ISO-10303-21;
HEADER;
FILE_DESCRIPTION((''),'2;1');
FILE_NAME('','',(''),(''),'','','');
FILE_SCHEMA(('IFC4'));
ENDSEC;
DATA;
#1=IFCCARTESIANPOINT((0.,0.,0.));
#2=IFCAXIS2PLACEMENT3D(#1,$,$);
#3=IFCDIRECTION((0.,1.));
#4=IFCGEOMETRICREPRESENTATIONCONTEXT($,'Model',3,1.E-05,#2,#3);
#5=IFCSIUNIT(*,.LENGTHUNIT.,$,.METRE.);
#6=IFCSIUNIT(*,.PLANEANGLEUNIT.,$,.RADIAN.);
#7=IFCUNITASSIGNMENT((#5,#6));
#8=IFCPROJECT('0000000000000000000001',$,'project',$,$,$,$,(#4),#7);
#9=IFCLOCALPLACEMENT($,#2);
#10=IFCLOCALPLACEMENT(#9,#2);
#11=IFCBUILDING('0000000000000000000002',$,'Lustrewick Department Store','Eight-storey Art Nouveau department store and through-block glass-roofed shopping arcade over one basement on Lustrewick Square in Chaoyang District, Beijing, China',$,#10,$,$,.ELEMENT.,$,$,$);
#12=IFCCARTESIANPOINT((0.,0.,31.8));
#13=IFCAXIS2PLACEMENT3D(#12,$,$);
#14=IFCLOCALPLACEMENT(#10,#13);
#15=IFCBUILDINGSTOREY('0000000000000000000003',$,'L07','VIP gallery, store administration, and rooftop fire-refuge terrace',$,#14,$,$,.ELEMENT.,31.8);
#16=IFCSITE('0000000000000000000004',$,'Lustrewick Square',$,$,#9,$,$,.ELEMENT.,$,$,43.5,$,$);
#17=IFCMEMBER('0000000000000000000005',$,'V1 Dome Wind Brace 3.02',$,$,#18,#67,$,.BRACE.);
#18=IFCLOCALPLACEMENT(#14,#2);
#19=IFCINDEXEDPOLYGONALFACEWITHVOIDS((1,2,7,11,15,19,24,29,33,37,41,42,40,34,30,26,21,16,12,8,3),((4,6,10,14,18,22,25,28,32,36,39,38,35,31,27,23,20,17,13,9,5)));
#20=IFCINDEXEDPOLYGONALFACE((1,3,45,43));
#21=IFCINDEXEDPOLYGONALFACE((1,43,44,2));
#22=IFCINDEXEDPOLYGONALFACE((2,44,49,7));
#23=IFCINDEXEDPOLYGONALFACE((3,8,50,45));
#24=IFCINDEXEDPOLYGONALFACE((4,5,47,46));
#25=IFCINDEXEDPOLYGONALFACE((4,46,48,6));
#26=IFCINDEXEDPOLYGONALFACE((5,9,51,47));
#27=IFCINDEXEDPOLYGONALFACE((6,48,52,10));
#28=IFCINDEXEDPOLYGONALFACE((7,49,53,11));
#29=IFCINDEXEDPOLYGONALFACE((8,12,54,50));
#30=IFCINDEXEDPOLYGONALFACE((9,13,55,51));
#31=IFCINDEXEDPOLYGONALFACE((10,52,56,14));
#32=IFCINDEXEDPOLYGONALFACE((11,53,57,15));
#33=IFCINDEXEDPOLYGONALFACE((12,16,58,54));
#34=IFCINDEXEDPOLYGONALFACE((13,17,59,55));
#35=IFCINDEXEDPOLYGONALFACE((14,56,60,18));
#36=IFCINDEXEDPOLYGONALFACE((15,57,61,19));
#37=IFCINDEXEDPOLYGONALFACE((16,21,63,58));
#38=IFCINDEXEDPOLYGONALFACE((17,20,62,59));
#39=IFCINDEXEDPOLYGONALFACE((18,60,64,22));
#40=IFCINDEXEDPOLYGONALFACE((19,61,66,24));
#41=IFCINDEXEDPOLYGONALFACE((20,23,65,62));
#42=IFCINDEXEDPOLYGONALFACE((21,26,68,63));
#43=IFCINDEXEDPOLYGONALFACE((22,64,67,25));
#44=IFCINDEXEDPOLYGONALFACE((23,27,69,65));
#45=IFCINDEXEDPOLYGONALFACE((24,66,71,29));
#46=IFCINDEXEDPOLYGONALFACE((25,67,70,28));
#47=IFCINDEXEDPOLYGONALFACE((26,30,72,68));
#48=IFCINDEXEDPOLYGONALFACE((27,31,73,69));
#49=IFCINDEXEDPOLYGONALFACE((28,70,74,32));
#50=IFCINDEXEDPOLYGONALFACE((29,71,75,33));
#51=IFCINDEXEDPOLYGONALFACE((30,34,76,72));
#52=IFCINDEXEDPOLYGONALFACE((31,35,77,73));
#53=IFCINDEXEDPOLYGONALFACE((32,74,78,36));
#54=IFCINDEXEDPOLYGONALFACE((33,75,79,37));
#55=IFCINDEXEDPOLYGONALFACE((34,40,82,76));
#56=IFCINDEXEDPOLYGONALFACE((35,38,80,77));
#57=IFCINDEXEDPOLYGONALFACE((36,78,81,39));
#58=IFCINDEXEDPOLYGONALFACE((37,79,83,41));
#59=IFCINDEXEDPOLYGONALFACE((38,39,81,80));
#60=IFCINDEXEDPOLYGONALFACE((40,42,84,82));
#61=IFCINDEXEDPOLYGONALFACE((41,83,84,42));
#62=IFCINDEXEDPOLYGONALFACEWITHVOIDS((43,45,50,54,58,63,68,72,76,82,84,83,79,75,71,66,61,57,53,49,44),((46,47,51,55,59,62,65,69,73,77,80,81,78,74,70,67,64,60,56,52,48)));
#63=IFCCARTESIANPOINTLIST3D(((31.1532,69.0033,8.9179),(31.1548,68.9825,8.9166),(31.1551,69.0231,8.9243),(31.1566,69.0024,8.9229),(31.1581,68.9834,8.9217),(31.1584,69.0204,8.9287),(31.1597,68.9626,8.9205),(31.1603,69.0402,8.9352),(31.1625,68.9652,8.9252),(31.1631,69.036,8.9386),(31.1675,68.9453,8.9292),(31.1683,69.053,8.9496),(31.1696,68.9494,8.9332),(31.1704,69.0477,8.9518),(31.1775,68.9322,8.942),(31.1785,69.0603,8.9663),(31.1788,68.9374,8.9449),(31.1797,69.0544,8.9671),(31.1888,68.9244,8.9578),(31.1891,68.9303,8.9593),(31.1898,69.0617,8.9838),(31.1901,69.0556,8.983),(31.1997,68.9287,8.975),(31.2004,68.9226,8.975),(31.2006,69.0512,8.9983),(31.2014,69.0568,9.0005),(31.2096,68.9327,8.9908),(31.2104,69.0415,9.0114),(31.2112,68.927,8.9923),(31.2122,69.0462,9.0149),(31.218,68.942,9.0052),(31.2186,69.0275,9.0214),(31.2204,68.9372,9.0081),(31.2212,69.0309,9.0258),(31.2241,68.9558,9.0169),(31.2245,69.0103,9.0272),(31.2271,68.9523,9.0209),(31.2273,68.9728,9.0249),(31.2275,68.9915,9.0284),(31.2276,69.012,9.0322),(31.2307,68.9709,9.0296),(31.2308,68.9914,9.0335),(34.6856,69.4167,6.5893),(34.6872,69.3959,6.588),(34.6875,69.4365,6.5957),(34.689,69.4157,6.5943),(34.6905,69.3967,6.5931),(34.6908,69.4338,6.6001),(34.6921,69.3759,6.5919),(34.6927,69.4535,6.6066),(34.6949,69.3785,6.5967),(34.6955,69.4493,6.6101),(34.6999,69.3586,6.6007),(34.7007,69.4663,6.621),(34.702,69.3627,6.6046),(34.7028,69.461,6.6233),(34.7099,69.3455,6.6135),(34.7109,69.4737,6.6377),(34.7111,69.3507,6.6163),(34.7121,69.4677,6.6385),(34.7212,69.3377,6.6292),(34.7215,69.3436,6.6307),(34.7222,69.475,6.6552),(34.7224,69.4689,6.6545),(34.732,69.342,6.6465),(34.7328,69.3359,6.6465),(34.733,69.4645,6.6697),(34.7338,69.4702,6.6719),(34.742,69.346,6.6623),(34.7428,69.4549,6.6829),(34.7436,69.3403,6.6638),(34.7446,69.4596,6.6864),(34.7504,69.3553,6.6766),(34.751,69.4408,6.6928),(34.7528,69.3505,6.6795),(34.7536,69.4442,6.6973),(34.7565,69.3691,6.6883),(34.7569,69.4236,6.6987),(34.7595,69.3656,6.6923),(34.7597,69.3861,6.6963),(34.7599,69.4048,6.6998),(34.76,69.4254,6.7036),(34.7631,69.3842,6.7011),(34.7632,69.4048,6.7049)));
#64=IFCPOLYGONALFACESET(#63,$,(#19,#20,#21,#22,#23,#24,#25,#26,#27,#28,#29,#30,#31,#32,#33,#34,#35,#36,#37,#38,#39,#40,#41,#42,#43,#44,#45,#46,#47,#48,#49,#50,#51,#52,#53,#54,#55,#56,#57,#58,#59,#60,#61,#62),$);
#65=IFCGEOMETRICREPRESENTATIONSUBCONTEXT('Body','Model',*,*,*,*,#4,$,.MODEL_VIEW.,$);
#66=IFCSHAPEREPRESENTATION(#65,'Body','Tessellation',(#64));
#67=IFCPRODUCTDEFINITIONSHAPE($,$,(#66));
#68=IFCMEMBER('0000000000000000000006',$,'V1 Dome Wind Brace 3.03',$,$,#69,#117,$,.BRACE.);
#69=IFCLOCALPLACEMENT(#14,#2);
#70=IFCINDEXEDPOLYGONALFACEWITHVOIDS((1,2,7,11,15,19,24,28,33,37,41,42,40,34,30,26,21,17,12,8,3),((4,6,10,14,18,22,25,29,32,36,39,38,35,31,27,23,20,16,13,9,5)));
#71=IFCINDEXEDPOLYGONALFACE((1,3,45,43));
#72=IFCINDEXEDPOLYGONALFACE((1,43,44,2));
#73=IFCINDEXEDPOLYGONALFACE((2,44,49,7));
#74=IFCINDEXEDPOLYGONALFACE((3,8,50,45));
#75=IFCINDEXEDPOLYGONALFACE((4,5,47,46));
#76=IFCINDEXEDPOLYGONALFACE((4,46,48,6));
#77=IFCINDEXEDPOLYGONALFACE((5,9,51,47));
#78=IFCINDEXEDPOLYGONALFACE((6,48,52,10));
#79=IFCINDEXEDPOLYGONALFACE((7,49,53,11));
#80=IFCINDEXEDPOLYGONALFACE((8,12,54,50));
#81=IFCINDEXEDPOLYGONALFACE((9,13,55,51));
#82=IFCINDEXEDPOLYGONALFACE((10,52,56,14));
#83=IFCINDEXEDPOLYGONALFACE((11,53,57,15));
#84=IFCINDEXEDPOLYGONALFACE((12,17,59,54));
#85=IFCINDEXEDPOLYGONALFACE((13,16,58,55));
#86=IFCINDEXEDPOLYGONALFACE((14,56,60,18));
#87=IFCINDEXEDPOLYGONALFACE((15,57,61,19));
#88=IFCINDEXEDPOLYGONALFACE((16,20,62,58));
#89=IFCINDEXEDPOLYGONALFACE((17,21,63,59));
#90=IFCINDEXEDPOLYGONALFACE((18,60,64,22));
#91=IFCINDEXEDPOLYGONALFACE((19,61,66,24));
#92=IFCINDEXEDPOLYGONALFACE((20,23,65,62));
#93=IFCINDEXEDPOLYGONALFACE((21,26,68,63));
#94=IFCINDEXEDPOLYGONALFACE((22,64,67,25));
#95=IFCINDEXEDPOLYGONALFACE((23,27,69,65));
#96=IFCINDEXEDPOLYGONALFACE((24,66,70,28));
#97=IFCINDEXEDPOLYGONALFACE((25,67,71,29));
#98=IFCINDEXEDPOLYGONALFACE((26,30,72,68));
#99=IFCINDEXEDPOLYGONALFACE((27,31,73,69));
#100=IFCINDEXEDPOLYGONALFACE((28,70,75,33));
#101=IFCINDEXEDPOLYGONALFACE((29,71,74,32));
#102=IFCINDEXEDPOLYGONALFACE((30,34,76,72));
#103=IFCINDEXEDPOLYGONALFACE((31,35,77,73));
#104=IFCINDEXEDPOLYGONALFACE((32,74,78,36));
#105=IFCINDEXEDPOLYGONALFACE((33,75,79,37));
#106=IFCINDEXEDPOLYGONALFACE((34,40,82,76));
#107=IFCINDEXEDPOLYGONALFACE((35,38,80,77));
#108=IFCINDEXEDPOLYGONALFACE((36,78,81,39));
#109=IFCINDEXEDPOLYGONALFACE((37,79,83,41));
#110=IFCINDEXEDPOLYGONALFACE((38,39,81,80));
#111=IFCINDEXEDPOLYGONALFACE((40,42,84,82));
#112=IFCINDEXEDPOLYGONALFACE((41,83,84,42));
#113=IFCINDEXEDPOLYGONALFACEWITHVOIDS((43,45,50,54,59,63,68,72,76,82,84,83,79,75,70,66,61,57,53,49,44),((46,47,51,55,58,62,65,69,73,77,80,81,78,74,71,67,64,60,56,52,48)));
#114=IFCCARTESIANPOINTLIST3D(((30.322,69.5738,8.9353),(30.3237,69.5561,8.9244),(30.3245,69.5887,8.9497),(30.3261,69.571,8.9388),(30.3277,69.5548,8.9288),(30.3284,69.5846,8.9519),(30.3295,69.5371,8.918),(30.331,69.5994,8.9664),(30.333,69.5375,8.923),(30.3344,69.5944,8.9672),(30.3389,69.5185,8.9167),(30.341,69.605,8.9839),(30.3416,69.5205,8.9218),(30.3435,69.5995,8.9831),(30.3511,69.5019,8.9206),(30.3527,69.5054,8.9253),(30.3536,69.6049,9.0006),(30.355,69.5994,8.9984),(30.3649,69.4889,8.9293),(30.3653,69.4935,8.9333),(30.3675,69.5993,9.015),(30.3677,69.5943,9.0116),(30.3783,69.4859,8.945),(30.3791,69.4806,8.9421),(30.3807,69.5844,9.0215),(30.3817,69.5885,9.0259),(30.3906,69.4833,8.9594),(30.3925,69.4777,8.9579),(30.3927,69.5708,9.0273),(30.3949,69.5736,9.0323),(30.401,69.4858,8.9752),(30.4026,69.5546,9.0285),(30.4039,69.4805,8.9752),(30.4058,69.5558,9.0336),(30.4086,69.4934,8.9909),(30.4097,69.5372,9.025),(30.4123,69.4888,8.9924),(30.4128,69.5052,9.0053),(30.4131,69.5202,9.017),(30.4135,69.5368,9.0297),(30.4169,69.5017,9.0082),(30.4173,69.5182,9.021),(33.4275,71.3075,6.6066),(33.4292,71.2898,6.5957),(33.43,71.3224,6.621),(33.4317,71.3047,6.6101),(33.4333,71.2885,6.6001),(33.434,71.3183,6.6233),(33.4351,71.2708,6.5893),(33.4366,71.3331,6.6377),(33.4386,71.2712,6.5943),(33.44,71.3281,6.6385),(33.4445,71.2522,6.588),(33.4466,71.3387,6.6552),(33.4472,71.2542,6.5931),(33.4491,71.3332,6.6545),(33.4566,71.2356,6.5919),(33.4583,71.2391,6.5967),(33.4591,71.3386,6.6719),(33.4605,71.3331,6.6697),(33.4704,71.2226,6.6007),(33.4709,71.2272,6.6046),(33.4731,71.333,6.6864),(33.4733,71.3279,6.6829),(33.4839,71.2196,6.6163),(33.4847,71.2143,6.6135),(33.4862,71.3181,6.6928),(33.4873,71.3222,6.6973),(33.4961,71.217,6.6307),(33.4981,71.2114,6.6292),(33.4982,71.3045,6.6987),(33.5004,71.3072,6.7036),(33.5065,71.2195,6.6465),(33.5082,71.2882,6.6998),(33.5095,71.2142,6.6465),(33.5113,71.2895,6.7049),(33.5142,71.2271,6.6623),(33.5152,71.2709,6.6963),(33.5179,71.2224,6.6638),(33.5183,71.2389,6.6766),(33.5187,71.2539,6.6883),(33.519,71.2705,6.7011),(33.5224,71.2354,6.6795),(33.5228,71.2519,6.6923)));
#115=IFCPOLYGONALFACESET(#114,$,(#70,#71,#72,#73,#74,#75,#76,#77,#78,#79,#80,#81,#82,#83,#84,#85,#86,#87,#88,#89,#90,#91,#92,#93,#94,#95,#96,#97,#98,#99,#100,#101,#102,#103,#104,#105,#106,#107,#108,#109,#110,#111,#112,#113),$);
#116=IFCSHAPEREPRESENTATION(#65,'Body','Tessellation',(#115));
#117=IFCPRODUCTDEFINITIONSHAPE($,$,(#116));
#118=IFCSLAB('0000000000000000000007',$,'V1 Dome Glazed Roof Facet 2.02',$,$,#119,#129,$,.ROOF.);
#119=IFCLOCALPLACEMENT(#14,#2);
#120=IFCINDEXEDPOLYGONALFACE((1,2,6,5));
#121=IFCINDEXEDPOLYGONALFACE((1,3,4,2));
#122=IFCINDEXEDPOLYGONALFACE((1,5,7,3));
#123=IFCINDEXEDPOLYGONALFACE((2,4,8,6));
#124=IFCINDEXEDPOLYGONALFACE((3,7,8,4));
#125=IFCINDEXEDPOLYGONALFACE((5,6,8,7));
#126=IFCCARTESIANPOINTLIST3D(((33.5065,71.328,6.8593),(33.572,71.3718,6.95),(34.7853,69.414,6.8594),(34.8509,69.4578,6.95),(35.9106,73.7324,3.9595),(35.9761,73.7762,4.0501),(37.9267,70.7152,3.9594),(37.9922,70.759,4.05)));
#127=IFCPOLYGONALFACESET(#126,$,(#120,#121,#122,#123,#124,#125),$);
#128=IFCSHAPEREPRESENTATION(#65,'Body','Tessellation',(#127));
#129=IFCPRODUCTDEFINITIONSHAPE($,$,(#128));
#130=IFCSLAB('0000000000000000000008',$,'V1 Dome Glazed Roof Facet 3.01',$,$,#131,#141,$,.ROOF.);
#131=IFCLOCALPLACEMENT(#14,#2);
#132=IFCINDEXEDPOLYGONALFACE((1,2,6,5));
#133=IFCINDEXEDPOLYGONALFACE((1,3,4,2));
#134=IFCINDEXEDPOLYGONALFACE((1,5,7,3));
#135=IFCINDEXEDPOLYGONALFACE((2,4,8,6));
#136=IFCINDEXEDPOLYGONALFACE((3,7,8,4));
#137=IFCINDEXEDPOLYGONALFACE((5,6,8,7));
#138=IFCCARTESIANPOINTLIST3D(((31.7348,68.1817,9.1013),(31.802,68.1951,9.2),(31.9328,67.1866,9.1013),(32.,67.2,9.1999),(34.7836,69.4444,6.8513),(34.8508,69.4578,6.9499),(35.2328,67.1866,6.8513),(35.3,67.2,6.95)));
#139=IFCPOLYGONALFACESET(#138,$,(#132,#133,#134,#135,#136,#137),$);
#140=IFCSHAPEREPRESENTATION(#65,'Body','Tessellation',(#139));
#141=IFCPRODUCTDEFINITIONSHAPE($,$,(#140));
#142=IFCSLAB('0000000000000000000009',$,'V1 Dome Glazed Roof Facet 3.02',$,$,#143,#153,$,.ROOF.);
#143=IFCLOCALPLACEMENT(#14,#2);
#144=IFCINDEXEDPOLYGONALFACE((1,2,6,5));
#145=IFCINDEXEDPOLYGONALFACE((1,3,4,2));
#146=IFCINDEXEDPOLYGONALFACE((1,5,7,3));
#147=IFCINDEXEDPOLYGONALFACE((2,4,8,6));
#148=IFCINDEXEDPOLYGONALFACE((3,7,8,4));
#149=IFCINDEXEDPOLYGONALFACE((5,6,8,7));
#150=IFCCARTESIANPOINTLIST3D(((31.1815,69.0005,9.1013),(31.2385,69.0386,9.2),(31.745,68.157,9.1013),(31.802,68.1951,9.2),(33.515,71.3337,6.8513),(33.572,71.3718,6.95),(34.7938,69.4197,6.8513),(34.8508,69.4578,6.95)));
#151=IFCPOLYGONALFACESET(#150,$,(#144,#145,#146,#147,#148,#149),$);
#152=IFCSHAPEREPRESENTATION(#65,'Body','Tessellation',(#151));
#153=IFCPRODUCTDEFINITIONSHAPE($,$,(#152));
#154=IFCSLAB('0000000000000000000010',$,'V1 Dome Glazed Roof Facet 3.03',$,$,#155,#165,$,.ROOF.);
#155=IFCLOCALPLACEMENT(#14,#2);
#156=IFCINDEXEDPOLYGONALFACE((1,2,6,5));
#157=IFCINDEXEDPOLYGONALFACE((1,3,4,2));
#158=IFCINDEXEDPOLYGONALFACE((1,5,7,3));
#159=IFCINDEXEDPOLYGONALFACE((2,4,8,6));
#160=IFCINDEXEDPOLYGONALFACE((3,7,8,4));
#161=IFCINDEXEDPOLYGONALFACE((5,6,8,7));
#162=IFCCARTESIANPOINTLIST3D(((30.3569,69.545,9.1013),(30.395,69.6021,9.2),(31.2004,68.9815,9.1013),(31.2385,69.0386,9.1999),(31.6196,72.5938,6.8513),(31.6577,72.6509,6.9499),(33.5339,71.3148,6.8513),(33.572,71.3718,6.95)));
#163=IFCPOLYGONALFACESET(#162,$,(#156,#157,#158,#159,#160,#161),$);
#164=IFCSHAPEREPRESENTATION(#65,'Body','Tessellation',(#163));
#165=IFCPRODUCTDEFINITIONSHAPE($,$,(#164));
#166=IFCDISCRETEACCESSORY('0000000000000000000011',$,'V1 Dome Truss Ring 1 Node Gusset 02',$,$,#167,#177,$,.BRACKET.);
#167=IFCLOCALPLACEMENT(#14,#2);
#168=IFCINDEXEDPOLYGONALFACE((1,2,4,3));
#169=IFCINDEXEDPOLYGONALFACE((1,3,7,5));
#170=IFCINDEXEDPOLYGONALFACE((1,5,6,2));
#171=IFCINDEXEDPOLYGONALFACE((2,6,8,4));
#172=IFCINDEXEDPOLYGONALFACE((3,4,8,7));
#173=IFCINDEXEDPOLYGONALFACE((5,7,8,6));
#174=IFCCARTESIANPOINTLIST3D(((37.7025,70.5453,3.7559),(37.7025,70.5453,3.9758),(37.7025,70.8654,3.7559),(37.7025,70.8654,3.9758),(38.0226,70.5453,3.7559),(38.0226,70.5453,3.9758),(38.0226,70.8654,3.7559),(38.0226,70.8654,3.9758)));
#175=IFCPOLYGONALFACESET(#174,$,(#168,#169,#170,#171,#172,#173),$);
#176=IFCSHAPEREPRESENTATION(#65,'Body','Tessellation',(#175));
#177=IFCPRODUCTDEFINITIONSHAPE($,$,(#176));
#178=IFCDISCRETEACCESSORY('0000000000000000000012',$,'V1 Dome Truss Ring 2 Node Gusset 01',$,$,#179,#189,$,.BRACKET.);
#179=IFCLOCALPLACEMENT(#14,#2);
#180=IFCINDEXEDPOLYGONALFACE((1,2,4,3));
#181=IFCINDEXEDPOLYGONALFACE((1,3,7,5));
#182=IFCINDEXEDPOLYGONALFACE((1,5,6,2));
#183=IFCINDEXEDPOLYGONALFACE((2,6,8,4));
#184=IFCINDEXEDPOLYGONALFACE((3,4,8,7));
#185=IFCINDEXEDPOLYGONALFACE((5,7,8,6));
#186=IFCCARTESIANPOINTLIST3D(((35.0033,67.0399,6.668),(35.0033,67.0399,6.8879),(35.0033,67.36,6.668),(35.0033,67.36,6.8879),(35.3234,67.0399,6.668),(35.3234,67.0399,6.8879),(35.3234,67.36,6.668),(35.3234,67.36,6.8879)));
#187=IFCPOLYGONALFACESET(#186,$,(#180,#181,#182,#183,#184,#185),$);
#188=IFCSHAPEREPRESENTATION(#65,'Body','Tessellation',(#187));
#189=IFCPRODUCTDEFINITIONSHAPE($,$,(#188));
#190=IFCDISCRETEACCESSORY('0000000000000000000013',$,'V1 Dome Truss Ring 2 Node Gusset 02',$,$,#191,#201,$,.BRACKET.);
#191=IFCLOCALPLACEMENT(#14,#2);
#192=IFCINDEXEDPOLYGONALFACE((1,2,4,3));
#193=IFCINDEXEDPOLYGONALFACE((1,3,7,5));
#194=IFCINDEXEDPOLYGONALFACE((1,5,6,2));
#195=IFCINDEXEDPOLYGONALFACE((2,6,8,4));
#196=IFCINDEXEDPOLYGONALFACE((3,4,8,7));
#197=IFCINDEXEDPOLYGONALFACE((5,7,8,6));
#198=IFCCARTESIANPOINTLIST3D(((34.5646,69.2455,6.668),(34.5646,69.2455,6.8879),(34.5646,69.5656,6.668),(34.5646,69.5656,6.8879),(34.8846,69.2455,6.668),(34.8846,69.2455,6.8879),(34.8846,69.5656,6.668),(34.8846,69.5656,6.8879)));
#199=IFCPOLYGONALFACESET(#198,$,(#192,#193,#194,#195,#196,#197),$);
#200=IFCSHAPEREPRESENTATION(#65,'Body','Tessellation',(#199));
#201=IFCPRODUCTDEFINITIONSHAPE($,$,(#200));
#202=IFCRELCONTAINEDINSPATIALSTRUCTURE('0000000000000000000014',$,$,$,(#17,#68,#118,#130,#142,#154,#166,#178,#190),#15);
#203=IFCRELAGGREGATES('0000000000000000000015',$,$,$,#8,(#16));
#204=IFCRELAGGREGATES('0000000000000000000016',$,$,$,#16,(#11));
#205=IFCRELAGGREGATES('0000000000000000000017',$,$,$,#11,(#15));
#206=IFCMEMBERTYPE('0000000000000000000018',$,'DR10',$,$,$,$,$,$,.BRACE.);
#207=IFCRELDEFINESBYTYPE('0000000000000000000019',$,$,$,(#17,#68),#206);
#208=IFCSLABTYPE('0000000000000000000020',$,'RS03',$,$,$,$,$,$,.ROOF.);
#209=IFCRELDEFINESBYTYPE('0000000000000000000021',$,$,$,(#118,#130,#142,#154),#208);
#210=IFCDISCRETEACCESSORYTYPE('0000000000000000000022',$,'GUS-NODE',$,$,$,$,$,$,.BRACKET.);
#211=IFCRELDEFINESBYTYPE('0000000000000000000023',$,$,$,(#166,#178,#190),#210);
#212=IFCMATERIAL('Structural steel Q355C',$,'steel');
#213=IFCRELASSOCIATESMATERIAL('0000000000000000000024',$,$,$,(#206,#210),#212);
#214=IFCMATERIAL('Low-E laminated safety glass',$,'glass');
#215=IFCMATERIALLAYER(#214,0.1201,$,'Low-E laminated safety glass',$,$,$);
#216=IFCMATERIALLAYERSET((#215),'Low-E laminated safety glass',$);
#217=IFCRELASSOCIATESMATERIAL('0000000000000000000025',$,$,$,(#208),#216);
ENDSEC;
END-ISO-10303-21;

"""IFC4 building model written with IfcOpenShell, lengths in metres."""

from ifc_helpers import new_model, si_unit, direction, frame, origin, origin_2d, place, context, subcontext, project, spatial, polyline, rectangle, hollow_circle, outline, extrude, material, layer, layer_set, material_profile, profile_set, type_object, element, save


model = new_model("IFC4")

# Units and contexts
model_context = context("Model", 3, precision=1e-05, world=origin(), true_north=direction((0.0, 1.0)))
body_context = subcontext(model_context, "Body", "Model", "MODEL_VIEW")
ifc_project = project(units=[si_unit("LENGTHUNIT", "METRE"), si_unit("PLANEANGLEUNIT", "RADIAN")], contexts=[model_context])

# Site, building, storey
site_placement = place(None, origin())
site = spatial("IfcSite", under=ifc_project, at=site_placement, Name="Lustrewick Square", CompositionType="ELEMENT", RefElevation=43.5)
building_placement = place(site_placement, origin())
building = spatial("IfcBuilding", under=site, at=building_placement, Name="Lustrewick Department Store", Description="Eight-storey Art Nouveau department store and through-block glass-roofed shopping arcade over one basement on Lustrewick Square in Chaoyang District, Beijing, China", CompositionType="ELEMENT")
storey_placement = place(building_placement, frame((0.0, 0.0, 31.8)))
storey = spatial("IfcBuildingStorey", under=building, at=storey_placement, Name="L07", Description="VIP gallery, store administration, and rooftop fire-refuge terrace", CompositionType="ELEMENT", Elevation=31.8)

# Members
ifc_material_1 = material(Name="Structural steel Q355C", Category="steel")
ifc_material_profile_1 = material_profile(ifc_material_1, hollow_circle(Radius=0.0701, WallThickness=0.0061, at=origin_2d()), Name="CHS 140x6")
ifc_profile_set_1 = profile_set([ifc_material_profile_1], Name="Structural steel Q355C")
member_type_1 = type_object("IfcMemberType", Name="DR10", PredefinedType="BRACE", material=ifc_profile_set_1)
for number, where, z_axis, x_axis, name in (
    (1, (34.7246, 69.4055, 6.6465), (-0.83096, -0.09723, 0.547771), (0.116216, -0.993224, 0.0), "V1 Dome Wind Brace 3.02"),
):
    element("IfcMember", number, at=place(storey_placement, frame(where, z_axis=z_axis, x_axis=x_axis)), inside=storey, type_object=member_type_1, Name=name, PredefinedType="BRACE", context=body_context, shape_type="SweptSolid", body=[
        extrude(hollow_circle(Radius=0.0701, WallThickness=0.0061, at=origin_2d()), origin(), (0.0, 0.0, 1.0), 4.251),
    ])
member_1_placement = place(storey_placement, frame((33.4753, 71.2754, 6.6465), z_axis=(-0.730509, -0.40781, 0.547767), x_axis=(0.487443, -0.873155, 0.0)))
element("IfcMember", 2, at=member_1_placement, inside=storey, type_object=member_type_1, Name="V1 Dome Wind Brace 3.03", PredefinedType="BRACE", context=body_context, shape_type="SweptSolid", body=[
    extrude(hollow_circle(Radius=0.0701, WallThickness=0.0061, at=origin_2d()), origin(), (0.0, 0.0, 1.0), 4.2512),
])

# Slabs
ifc_material_2 = material(Name="Low-E laminated safety glass", Category="glass")
ifc_layer = layer(ifc_material_2, 0.1201, Name="Low-E laminated safety glass")
ifc_layer_set = layer_set([ifc_layer], Name="Low-E laminated safety glass")
slab_type = type_object("IfcSlabType", Name="RS03", PredefinedType="ROOF", material=ifc_layer_set)
slab_1_placement = place(storey_placement, frame((37.9922, 70.759, 4.05), z_axis=(0.545602, 0.364563, 0.754594), x_axis=(-0.555589, 0.831457, 0.000016)))
element("IfcSlab", 3, at=slab_1_placement, inside=storey, type_object=slab_type, Name="V1 Dome Glazed Roof Facet 2.02", PredefinedType="ROOF", context=body_context, shape_type="SweptSolid", body=[
    extrude(outline(polyline([(0.0, 0.0), (3.6287, 0.0), (2.9654, 4.4192), (0.6634, 4.4194), (0.0, 0.0)])), origin(), (0.0, 0.0, -1.0), 0.1201),
])
slab_2_placement = place(storey_placement, frame((35.3, 67.2, 6.95), z_axis=(0.559825, 0.111385, 0.82109), x_axis=(-0.195138, 0.980776, -0.000001)))
element("IfcSlab", 4, at=slab_2_placement, inside=storey, type_object=slab_type, Name="V1 Dome Glazed Roof Facet 3.01", PredefinedType="ROOF", context=body_context, shape_type="SweptSolid", body=[
    extrude(outline(polyline([(0.0, 0.0), (2.3021, 0.0), (1.6586, 3.9419), (0.644, 3.9418), (0.0, 0.0)])), origin(), (0.0, 0.0, -1.0), 0.1201),
])
slab_3_placement = place(storey_placement, frame((34.8508, 69.4578, 6.95), z_axis=(0.474632, 0.317093, 0.821083), x_axis=(-0.555527, 0.831499, 0.000009)))
element("IfcSlab", 5, at=slab_3_placement, inside=storey, type_object=slab_type, Name="V1 Dome Glazed Roof Facet 3.02", PredefinedType="ROOF", context=body_context, shape_type="SweptSolid", body=[
    extrude(outline(polyline([(0.0, 0.0), (2.302, 0.0), (1.6582, 3.9417), (0.6438, 3.9418), (0.0, 0.0)])), origin(), (0.0, 0.0, -1.0), 0.1201),
])
slab_4_placement = place(storey_placement, frame((33.572, 71.3718, 6.95), z_axis=(0.317105, 0.474628, 0.82108), x_axis=(-0.831484, 0.555549, -0.000014)))
element("IfcSlab", 6, at=slab_4_placement, inside=storey, type_object=slab_type, Name="V1 Dome Glazed Roof Facet 3.03", PredefinedType="ROOF", context=body_context, shape_type="SweptSolid", body=[
    extrude(outline(polyline([(0.0, 0.0), (2.3023, 0.0), (1.6584, 3.9418), (0.644, 3.9417), (0.0, 0.0)])), origin(), (0.0, 0.0, -1.0), 0.1201),
])

# Discrete accessories
discrete_accessory_type_1 = type_object("IfcDiscreteAccessoryType", Name="GUS-NODE", PredefinedType="BRACKET", material=ifc_material_1)
for number, where, z_axis, x_axis, name in (
    (7, (37.8625, 70.7053, 3.7559), (0.0, 0.0, 1.0), (1.0, 0.0, 0.0), "V1 Dome Truss Ring 1 Node Gusset 02"),
    (8, (35.1633, 67.2, 6.668), (0.0, 0.0, 1.0), (1.0, 0.0, 0.0), "V1 Dome Truss Ring 2 Node Gusset 01"),
    (9, (34.7246, 69.4055, 6.668), (0.0, 0.0, 1.0), (1.0, 0.0, 0.0), "V1 Dome Truss Ring 2 Node Gusset 02"),
):
    element("IfcDiscreteAccessory", number, at=place(storey_placement, frame(where, z_axis=z_axis, x_axis=x_axis)), inside=storey, type_object=discrete_accessory_type_1, Name=name, PredefinedType="BRACKET", context=body_context, shape_type="SweptSolid", body=[
        extrude(rectangle(XDim=0.3201, YDim=0.3201, at=origin_2d()), origin(), (0.0, 0.0, 1.0), 0.22),
    ])

save(model, "model.ifc")
